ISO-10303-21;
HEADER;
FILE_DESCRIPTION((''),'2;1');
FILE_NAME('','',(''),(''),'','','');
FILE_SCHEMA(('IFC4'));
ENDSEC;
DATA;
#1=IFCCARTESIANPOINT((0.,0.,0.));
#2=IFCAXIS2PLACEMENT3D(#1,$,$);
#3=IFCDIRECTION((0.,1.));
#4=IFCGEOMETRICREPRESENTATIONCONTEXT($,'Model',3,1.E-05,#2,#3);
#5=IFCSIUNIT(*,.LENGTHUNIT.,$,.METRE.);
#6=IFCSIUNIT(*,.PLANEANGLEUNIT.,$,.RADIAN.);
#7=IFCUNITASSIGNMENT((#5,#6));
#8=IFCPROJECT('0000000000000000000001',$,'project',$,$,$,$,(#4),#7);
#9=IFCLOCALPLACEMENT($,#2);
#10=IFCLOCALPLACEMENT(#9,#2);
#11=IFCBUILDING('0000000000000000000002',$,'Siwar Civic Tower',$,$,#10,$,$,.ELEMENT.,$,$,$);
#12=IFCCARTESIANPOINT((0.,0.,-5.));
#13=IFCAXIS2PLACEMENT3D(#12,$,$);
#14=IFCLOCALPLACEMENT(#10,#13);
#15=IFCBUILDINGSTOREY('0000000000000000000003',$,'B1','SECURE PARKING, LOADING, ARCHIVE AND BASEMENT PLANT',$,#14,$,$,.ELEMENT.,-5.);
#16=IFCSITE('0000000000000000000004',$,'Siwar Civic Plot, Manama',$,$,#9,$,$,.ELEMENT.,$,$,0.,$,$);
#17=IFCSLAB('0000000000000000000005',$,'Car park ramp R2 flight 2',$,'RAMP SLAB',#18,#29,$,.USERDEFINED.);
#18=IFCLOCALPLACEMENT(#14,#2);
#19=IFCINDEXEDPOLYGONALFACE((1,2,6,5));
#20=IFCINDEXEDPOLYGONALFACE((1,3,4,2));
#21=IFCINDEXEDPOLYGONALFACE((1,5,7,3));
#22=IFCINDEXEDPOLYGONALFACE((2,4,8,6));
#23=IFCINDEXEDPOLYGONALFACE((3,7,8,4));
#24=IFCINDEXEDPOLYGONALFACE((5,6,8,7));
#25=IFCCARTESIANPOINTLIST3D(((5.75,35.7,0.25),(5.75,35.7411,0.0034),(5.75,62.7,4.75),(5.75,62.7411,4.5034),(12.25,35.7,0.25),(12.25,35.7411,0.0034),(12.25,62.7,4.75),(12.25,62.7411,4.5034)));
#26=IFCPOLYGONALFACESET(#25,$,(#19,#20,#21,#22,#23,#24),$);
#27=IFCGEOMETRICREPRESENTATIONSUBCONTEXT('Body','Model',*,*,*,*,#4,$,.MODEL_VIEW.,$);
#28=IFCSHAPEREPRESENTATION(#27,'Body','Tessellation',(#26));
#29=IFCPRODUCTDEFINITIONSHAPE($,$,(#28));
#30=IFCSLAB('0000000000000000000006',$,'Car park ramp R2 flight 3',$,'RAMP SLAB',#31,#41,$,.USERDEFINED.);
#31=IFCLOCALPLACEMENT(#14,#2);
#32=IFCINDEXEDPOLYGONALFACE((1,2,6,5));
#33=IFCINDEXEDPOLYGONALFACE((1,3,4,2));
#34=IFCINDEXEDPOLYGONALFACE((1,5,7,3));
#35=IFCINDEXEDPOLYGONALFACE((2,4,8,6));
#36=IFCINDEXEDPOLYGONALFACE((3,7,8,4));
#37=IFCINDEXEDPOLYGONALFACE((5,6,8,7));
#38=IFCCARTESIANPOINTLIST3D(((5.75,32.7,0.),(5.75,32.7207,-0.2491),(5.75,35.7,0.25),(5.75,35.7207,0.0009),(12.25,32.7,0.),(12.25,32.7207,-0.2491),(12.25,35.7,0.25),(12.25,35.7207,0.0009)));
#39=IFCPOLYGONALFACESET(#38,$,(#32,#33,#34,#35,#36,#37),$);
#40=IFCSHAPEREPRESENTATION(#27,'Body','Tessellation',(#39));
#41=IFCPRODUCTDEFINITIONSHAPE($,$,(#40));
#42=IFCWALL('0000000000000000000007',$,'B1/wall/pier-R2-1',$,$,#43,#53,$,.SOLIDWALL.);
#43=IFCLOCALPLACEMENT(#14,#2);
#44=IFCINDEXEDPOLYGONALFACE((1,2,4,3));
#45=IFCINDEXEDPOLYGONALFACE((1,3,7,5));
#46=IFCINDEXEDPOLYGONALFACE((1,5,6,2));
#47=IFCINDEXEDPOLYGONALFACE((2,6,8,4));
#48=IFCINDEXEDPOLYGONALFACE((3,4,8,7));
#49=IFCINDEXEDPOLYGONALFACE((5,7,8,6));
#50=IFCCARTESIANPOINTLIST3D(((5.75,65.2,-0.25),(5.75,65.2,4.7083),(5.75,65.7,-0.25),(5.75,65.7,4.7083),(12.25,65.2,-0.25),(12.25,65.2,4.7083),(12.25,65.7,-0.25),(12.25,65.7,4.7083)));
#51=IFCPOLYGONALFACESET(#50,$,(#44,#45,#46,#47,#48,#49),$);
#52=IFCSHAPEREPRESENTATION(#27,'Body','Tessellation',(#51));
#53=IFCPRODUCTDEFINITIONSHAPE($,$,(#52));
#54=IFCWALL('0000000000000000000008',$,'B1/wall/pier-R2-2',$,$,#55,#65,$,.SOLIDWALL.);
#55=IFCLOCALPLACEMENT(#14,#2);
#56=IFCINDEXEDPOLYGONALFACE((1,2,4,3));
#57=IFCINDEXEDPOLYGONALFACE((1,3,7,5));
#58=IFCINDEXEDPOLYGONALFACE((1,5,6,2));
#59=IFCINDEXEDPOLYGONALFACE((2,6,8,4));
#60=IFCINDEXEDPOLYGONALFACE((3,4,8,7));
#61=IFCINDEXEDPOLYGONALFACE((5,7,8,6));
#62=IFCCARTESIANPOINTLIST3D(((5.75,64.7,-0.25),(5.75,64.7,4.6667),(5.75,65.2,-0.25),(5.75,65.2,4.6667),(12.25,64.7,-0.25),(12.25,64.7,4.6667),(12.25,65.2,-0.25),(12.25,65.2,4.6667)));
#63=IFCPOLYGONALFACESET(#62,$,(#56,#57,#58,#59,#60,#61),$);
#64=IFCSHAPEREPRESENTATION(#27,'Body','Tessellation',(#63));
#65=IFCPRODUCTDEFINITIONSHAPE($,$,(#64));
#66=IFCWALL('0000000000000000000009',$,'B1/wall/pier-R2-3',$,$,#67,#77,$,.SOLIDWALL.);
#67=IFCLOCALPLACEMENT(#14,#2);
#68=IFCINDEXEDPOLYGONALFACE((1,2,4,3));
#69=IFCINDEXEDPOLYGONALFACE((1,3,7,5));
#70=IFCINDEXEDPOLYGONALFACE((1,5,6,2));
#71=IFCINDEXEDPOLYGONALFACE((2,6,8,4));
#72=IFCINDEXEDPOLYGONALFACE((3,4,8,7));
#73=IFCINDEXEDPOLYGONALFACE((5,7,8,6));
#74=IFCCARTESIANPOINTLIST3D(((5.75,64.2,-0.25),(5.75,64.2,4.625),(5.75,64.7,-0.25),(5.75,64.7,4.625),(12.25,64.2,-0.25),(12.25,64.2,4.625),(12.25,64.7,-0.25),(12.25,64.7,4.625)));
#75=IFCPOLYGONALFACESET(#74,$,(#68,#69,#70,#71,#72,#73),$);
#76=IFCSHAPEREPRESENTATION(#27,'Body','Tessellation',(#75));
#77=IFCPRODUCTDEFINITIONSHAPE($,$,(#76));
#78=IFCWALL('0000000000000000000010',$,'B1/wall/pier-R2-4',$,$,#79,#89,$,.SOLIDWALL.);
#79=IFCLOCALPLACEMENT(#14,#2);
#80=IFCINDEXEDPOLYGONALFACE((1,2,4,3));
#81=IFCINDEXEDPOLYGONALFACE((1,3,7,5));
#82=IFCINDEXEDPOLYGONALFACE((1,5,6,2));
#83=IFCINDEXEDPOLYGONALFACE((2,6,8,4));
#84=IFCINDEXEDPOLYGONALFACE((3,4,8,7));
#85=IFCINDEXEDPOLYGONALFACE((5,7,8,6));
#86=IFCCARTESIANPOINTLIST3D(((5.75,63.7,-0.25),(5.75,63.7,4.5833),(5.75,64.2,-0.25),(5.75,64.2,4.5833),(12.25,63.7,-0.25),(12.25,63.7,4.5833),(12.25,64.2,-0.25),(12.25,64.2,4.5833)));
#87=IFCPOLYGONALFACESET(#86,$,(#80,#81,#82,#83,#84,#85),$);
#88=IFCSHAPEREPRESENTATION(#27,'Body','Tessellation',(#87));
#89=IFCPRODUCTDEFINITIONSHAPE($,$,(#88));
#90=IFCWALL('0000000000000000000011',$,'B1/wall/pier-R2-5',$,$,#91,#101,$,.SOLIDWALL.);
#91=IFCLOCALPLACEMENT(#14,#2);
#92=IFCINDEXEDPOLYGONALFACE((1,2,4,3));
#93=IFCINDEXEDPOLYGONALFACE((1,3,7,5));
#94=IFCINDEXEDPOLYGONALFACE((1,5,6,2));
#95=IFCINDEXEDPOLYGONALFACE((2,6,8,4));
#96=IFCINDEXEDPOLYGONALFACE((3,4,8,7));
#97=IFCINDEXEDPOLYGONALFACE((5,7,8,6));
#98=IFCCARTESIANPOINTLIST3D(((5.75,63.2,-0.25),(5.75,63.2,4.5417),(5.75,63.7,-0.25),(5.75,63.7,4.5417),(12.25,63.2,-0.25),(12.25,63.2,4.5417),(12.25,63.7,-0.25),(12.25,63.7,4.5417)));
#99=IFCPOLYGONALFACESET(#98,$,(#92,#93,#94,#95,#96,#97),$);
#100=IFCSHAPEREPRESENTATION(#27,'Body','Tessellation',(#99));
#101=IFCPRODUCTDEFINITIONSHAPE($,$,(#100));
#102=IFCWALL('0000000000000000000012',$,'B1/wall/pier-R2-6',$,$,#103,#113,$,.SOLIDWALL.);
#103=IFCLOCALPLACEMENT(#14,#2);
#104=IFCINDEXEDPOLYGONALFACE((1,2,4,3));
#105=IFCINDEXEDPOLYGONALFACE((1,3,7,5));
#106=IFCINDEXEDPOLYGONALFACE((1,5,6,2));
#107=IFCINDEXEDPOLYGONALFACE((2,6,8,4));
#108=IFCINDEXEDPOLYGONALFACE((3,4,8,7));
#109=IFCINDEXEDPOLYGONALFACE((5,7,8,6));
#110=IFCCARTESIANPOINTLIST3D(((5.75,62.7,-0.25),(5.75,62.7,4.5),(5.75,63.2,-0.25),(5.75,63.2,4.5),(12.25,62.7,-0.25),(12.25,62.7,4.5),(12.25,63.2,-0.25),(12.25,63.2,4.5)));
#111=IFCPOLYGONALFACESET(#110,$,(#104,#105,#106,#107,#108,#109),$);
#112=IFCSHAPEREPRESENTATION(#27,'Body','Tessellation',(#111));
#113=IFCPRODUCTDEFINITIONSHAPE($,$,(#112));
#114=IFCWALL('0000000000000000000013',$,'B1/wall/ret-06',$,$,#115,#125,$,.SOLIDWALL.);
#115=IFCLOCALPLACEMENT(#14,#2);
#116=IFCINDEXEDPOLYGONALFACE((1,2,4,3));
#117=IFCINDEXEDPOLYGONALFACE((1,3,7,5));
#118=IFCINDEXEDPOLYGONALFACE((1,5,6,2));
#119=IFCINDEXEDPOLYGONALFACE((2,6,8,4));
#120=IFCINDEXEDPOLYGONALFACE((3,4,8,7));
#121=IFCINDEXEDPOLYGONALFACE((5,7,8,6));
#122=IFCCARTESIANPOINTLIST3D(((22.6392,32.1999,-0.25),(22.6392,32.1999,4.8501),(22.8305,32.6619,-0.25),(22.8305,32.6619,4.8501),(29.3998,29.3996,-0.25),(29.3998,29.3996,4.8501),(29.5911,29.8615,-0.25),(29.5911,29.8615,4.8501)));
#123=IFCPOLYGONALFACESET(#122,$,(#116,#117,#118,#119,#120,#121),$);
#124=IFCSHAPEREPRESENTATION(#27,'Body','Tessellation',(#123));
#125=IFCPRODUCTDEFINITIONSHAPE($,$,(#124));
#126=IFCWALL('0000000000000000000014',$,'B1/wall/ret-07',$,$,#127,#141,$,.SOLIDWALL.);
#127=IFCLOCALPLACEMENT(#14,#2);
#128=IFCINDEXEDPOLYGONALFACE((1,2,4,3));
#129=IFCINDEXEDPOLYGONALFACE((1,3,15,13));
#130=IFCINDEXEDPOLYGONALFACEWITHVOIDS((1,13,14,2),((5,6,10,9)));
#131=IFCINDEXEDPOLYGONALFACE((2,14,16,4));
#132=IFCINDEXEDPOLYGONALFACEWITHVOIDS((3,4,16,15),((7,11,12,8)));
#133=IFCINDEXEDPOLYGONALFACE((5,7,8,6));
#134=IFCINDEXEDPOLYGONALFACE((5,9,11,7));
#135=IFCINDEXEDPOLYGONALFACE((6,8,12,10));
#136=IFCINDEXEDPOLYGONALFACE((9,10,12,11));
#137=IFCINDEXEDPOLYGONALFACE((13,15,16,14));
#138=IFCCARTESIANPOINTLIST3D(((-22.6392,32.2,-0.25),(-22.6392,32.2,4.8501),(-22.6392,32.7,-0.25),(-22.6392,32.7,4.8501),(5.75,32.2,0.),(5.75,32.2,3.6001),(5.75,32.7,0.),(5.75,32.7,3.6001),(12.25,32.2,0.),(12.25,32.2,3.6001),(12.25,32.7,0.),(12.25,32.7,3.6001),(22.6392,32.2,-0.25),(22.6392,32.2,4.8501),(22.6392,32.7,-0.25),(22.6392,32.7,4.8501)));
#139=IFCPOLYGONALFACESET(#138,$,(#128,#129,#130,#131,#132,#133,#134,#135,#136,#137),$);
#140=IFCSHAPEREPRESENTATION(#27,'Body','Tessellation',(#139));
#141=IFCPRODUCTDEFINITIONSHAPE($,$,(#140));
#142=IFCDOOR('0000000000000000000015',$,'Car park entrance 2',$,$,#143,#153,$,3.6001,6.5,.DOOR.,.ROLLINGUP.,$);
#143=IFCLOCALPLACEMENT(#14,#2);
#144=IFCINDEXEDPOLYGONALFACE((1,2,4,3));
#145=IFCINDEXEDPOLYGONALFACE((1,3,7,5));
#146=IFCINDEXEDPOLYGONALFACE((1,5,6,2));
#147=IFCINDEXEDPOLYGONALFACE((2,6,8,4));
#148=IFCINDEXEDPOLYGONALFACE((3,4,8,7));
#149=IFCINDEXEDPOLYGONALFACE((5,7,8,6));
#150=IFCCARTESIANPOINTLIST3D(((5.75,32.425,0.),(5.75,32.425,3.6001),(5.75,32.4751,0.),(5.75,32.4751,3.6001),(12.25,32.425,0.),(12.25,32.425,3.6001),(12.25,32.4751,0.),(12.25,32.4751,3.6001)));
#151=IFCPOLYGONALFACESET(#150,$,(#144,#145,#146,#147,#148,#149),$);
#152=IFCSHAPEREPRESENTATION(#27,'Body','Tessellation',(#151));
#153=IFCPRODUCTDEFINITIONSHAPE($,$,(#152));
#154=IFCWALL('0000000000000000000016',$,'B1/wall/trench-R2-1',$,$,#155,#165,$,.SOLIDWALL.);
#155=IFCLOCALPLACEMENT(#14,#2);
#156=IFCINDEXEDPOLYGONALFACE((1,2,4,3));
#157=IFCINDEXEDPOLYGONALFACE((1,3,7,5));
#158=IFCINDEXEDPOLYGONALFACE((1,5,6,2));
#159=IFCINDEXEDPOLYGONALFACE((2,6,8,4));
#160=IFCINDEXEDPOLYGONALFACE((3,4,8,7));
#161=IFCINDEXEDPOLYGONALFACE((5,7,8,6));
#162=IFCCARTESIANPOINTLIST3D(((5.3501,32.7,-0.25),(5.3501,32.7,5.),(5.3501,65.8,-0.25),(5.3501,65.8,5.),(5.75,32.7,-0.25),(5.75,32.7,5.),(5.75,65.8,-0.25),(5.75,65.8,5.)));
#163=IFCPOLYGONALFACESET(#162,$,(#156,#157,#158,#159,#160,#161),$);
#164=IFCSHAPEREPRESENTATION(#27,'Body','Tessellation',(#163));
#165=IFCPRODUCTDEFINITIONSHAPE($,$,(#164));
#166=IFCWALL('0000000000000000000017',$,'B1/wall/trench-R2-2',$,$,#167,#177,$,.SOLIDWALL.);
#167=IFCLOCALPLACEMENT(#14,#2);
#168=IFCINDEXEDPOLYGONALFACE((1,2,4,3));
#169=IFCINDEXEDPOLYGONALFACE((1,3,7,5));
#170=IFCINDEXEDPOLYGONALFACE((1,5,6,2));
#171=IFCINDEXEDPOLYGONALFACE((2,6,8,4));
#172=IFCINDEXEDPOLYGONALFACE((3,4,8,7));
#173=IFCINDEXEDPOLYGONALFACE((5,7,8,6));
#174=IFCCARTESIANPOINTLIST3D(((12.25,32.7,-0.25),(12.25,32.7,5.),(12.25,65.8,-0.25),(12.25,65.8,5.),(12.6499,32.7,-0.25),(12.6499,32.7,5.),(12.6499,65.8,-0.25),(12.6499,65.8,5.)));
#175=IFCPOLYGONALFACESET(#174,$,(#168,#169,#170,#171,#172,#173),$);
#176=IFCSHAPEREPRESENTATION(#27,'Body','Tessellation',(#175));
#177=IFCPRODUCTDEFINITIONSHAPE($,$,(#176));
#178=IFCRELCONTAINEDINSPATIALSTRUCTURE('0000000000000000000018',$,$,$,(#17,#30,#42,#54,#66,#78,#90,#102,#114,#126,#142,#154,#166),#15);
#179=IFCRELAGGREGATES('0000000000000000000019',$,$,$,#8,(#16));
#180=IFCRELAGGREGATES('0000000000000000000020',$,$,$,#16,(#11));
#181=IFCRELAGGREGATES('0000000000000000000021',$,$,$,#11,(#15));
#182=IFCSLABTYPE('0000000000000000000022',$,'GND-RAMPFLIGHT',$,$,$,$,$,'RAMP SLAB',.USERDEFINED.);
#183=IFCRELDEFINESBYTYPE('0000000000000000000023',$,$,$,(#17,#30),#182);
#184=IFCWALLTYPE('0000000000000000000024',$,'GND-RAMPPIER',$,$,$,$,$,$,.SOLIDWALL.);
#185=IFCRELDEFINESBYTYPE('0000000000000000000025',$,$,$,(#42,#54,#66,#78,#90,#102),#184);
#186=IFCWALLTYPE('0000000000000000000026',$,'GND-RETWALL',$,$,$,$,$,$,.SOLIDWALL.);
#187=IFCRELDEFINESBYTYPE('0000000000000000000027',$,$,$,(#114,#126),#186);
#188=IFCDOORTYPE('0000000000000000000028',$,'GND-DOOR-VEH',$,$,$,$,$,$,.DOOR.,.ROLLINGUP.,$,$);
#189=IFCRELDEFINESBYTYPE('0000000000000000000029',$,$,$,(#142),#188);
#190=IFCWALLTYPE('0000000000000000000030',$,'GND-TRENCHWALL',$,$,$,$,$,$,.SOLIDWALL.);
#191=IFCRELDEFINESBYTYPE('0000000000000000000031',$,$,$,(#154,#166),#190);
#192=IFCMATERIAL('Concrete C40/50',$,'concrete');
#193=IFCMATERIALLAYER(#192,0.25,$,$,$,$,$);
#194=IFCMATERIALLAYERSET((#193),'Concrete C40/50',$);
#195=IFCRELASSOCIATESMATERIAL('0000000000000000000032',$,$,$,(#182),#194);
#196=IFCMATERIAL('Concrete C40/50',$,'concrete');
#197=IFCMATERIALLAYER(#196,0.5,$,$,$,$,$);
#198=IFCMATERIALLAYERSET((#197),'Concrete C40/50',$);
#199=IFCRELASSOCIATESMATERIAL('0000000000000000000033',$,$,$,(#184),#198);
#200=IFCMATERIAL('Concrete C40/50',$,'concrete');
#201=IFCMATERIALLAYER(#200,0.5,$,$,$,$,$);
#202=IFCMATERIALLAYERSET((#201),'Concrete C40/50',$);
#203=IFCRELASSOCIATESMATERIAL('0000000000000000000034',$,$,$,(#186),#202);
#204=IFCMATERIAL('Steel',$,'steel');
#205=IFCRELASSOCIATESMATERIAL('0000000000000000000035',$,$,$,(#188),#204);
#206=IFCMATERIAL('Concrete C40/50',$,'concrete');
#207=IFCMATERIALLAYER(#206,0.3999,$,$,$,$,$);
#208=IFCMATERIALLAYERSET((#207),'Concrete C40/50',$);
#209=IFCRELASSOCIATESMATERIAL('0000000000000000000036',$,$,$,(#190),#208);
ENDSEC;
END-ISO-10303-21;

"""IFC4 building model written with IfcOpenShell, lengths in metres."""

from ifc_helpers import new_model, si_unit, direction, frame, frame_2d, origin, place, context, subcontext, project, spatial, polyline, rectangle, outline, extrude, material, layer, layer_set, type_object, element, fill, save


model = new_model("IFC4")

# Units and contexts
model_context = context("Model", 3, precision=1e-05, world=origin(), true_north=direction((0.0, 1.0)))
body_context = subcontext(model_context, "Body", "Model", "MODEL_VIEW")
ifc_project = project(units=[si_unit("LENGTHUNIT", "METRE"), si_unit("PLANEANGLEUNIT", "RADIAN")], contexts=[model_context])

# Site, building, storey
site_placement = place(None, origin())
site = spatial("IfcSite", under=ifc_project, at=site_placement, Name="Siwar Civic Plot, Manama", CompositionType="ELEMENT", RefElevation=0.0)
building_placement = place(site_placement, origin())
building = spatial("IfcBuilding", under=site, at=building_placement, Name="Siwar Civic Tower", CompositionType="ELEMENT")
storey_placement = place(building_placement, frame((0.0, 0.0, -5.0)))
storey = spatial("IfcBuildingStorey", under=building, at=storey_placement, Name="B1", Description="SECURE PARKING, LOADING, ARCHIVE AND BASEMENT PLANT", CompositionType="ELEMENT", Elevation=-5.0)

# Slabs
ifc_material_1 = material(Name="Concrete C40/50", Category="concrete")
ifc_layer_1 = layer(ifc_material_1, 0.25)
ifc_layer_set_1 = layer_set([ifc_layer_1], Name="Concrete C40/50")
slab_type = type_object("IfcSlabType", Name="GND-RAMPFLIGHT", ElementType="RAMP SLAB", PredefinedType="USERDEFINED", material=ifc_layer_set_1)
slab_1_placement = place(storey_placement, frame((5.75, 62.7, 4.75), z_axis=(0.0, -0.164399, 0.986394), x_axis=(1.0, 0.0, 0.0)))
element("IfcSlab", 1, at=slab_1_placement, inside=storey, type_object=slab_type, Name="Car park ramp R2 flight 2", ObjectType="RAMP SLAB", PredefinedType="USERDEFINED", context=body_context, shape_type="SweptSolid", body=[
    extrude(outline(polyline([(0.0, 0.0), (6.5, 0.0), (6.5, -27.3724), (0.0, -27.3724), (0.0, 0.0)])), origin(), (0.0, 0.0, -1.0), 0.25),
])
slab_2_placement = place(storey_placement, frame((5.75, 35.7, 0.25), z_axis=(0.0, -0.083045, 0.996546), x_axis=(1.0, 0.0, 0.0)))
element("IfcSlab", 2, at=slab_2_placement, inside=storey, type_object=slab_type, Name="Car park ramp R2 flight 3", ObjectType="RAMP SLAB", PredefinedType="USERDEFINED", context=body_context, shape_type="SweptSolid", body=[
    extrude(outline(polyline([(0.0, 0.0), (6.5, 0.0), (6.5, -3.0104), (0.0, -3.0104), (0.0, 0.0)])), origin(), (0.0, 0.0, -1.0), 0.25),
])

# Walls
ifc_material_2 = material(Name="Concrete C40/50", Category="concrete")
ifc_layer_2 = layer(ifc_material_2, 0.5)
ifc_layer_set_2 = layer_set([ifc_layer_2], Name="Concrete C40/50")
wall_type_1 = type_object("IfcWallType", Name="GND-RAMPPIER", PredefinedType="SOLIDWALL", material=ifc_layer_set_2)
wall_1_placement = place(storey_placement, frame((5.75, 65.45, -0.25), z_axis=(0.0, 0.0, 1.0), x_axis=(1.0, 0.0, 0.0)))
element("IfcWall", 3, at=wall_1_placement, inside=storey, type_object=wall_type_1, Name="B1/wall/pier-R2-1", PredefinedType="SOLIDWALL", context=body_context, shape_type="SweptSolid", body=[
    extrude(rectangle(XDim=6.5, YDim=0.5, at=frame_2d((3.25, 0.0))), origin(), (0.0, 0.0, 1.0), 4.9583),
])
wall_2_placement = place(storey_placement, frame((5.75, 64.95, -0.25), z_axis=(0.0, 0.0, 1.0), x_axis=(1.0, 0.0, 0.0)))
element("IfcWall", 4, at=wall_2_placement, inside=storey, type_object=wall_type_1, Name="B1/wall/pier-R2-2", PredefinedType="SOLIDWALL", context=body_context, shape_type="SweptSolid", body=[
    extrude(rectangle(XDim=6.5, YDim=0.5, at=frame_2d((3.25, 0.0))), origin(), (0.0, 0.0, 1.0), 4.9167),
])
wall_3_placement = place(storey_placement, frame((5.75, 64.45, -0.25), z_axis=(0.0, 0.0, 1.0), x_axis=(1.0, 0.0, 0.0)))
element("IfcWall", 5, at=wall_3_placement, inside=storey, type_object=wall_type_1, Name="B1/wall/pier-R2-3", PredefinedType="SOLIDWALL", context=body_context, shape_type="SweptSolid", body=[
    extrude(rectangle(XDim=6.5, YDim=0.5, at=frame_2d((3.25, 0.0))), origin(), (0.0, 0.0, 1.0), 4.875),
])
wall_4_placement = place(storey_placement, frame((5.75, 63.95, -0.25), z_axis=(0.0, 0.0, 1.0), x_axis=(1.0, 0.0, 0.0)))
element("IfcWall", 6, at=wall_4_placement, inside=storey, type_object=wall_type_1, Name="B1/wall/pier-R2-4", PredefinedType="SOLIDWALL", context=body_context, shape_type="SweptSolid", body=[
    extrude(rectangle(XDim=6.5, YDim=0.5, at=frame_2d((3.25, 0.0))), origin(), (0.0, 0.0, 1.0), 4.8333),
])
wall_5_placement = place(storey_placement, frame((5.75, 63.45, -0.25), z_axis=(0.0, 0.0, 1.0), x_axis=(1.0, 0.0, 0.0)))
element("IfcWall", 7, at=wall_5_placement, inside=storey, type_object=wall_type_1, Name="B1/wall/pier-R2-5", PredefinedType="SOLIDWALL", context=body_context, shape_type="SweptSolid", body=[
    extrude(rectangle(XDim=6.5, YDim=0.5, at=frame_2d((3.25, 0.0))), origin(), (0.0, 0.0, 1.0), 4.7917),
])
wall_6_placement = place(storey_placement, frame((5.75, 62.95, -0.25), z_axis=(0.0, 0.0, 1.0), x_axis=(1.0, 0.0, 0.0)))
element("IfcWall", 8, at=wall_6_placement, inside=storey, type_object=wall_type_1, Name="B1/wall/pier-R2-6", PredefinedType="SOLIDWALL", context=body_context, shape_type="SweptSolid", body=[
    extrude(rectangle(XDim=6.5, YDim=0.5, at=frame_2d((3.25, 0.0))), origin(), (0.0, 0.0, 1.0), 4.75),
])
ifc_material_3 = material(Name="Concrete C40/50", Category="concrete")
ifc_layer_3 = layer(ifc_material_3, 0.5)
ifc_layer_set_3 = layer_set([ifc_layer_3], Name="Concrete C40/50")
wall_type_2 = type_object("IfcWallType", Name="GND-RETWALL", PredefinedType="SOLIDWALL", material=ifc_layer_set_3)
wall_7_placement = place(storey_placement, frame((29.4954, 29.6306, -0.25), z_axis=(0.0, 0.0, 1.0), x_axis=(-0.923879, 0.382684, 0.0)))
element("IfcWall", 9, at=wall_7_placement, inside=storey, type_object=wall_type_2, Name="B1/wall/ret-06", PredefinedType="SOLIDWALL", context=body_context, shape_type="SweptSolid", body=[
    extrude(rectangle(XDim=7.3176, YDim=0.5, at=frame_2d((3.6587, 0.0))), origin(), (0.0, 0.0, 1.0), 5.1001),
])

# Wall, opening, door
wall_8_placement = place(storey_placement, frame((22.6392, 32.45, -0.25), z_axis=(0.0, 0.0, 1.0), x_axis=(-1.0, 0.0, 0.0)))
wall_8 = element("IfcWall", 10, at=wall_8_placement, inside=storey, type_object=wall_type_2, Name="B1/wall/ret-07", PredefinedType="SOLIDWALL", context=body_context, shape_type="SweptSolid", body=[
    extrude(rectangle(XDim=45.2783, YDim=0.5, at=frame_2d((22.6392, 0.0))), origin(), (0.0, 0.0, 1.0), 5.1001),
])
opening_placement = place(wall_8_placement, frame((10.3892, 0.0, 0.25)))
opening = element("IfcOpeningElement", 11, at=opening_placement, cuts=wall_8, PredefinedType="OPENING", context=body_context, shape_type="SweptSolid", body=[
    extrude(rectangle(XDim=6.5, YDim=3.6001, at=frame_2d((3.25, 1.8))), frame((0.0, 0.26, 0.0), z_axis=(0.0, -1.0, 0.0), x_axis=(1.0, 0.0, 0.0)), (0.0, 0.0, 1.0), 0.52),
])
ifc_material_4 = material(Name="Steel", Category="steel")
door_type = type_object("IfcDoorType", Name="GND-DOOR-VEH", OperationType="ROLLINGUP", PredefinedType="DOOR", material=ifc_material_4)
door_placement = place(opening_placement, origin())
door = element("IfcDoor", 12, at=door_placement, inside=storey, type_object=door_type, Name="Car park entrance 2", OperationType="ROLLINGUP", OverallHeight=3.6001, OverallWidth=6.5, PredefinedType="DOOR", context=body_context, shape_type="SweptSolid", body=[
    extrude(rectangle(XDim=6.5, YDim=3.6001, at=frame_2d((3.25, 1.8))), frame((0.0, 0.0249, 0.0), z_axis=(0.0, -1.0, 0.0), x_axis=(1.0, 0.0, 0.0)), (0.0, 0.0, 1.0), 0.05),
])
fill(opening, door)

# Walls
ifc_material_5 = material(Name="Concrete C40/50", Category="concrete")
ifc_layer_4 = layer(ifc_material_5, 0.3999)
ifc_layer_set_4 = layer_set([ifc_layer_4], Name="Concrete C40/50")
wall_type_3 = type_object("IfcWallType", Name="GND-TRENCHWALL", PredefinedType="SOLIDWALL", material=ifc_layer_set_4)
for number, where, z_axis, x_axis, name in (
    (13, (5.55, 32.7, -0.25), (0.0, 0.0, 1.0), (0.0, 1.0, 0.0), "B1/wall/trench-R2-1"),
    (14, (12.45, 32.7, -0.25), (0.0, 0.0, 1.0), (0.0, 1.0, 0.0), "B1/wall/trench-R2-2"),
):
    element("IfcWall", number, at=place(storey_placement, frame(where, z_axis=z_axis, x_axis=x_axis)), inside=storey, type_object=wall_type_3, Name=name, PredefinedType="SOLIDWALL", context=body_context, shape_type="SweptSolid", body=[
        extrude(rectangle(XDim=33.1001, YDim=0.3999, at=frame_2d((16.55, 0.0))), origin(), (0.0, 0.0, 1.0), 5.25),
    ])

save(model, "model.ifc")
